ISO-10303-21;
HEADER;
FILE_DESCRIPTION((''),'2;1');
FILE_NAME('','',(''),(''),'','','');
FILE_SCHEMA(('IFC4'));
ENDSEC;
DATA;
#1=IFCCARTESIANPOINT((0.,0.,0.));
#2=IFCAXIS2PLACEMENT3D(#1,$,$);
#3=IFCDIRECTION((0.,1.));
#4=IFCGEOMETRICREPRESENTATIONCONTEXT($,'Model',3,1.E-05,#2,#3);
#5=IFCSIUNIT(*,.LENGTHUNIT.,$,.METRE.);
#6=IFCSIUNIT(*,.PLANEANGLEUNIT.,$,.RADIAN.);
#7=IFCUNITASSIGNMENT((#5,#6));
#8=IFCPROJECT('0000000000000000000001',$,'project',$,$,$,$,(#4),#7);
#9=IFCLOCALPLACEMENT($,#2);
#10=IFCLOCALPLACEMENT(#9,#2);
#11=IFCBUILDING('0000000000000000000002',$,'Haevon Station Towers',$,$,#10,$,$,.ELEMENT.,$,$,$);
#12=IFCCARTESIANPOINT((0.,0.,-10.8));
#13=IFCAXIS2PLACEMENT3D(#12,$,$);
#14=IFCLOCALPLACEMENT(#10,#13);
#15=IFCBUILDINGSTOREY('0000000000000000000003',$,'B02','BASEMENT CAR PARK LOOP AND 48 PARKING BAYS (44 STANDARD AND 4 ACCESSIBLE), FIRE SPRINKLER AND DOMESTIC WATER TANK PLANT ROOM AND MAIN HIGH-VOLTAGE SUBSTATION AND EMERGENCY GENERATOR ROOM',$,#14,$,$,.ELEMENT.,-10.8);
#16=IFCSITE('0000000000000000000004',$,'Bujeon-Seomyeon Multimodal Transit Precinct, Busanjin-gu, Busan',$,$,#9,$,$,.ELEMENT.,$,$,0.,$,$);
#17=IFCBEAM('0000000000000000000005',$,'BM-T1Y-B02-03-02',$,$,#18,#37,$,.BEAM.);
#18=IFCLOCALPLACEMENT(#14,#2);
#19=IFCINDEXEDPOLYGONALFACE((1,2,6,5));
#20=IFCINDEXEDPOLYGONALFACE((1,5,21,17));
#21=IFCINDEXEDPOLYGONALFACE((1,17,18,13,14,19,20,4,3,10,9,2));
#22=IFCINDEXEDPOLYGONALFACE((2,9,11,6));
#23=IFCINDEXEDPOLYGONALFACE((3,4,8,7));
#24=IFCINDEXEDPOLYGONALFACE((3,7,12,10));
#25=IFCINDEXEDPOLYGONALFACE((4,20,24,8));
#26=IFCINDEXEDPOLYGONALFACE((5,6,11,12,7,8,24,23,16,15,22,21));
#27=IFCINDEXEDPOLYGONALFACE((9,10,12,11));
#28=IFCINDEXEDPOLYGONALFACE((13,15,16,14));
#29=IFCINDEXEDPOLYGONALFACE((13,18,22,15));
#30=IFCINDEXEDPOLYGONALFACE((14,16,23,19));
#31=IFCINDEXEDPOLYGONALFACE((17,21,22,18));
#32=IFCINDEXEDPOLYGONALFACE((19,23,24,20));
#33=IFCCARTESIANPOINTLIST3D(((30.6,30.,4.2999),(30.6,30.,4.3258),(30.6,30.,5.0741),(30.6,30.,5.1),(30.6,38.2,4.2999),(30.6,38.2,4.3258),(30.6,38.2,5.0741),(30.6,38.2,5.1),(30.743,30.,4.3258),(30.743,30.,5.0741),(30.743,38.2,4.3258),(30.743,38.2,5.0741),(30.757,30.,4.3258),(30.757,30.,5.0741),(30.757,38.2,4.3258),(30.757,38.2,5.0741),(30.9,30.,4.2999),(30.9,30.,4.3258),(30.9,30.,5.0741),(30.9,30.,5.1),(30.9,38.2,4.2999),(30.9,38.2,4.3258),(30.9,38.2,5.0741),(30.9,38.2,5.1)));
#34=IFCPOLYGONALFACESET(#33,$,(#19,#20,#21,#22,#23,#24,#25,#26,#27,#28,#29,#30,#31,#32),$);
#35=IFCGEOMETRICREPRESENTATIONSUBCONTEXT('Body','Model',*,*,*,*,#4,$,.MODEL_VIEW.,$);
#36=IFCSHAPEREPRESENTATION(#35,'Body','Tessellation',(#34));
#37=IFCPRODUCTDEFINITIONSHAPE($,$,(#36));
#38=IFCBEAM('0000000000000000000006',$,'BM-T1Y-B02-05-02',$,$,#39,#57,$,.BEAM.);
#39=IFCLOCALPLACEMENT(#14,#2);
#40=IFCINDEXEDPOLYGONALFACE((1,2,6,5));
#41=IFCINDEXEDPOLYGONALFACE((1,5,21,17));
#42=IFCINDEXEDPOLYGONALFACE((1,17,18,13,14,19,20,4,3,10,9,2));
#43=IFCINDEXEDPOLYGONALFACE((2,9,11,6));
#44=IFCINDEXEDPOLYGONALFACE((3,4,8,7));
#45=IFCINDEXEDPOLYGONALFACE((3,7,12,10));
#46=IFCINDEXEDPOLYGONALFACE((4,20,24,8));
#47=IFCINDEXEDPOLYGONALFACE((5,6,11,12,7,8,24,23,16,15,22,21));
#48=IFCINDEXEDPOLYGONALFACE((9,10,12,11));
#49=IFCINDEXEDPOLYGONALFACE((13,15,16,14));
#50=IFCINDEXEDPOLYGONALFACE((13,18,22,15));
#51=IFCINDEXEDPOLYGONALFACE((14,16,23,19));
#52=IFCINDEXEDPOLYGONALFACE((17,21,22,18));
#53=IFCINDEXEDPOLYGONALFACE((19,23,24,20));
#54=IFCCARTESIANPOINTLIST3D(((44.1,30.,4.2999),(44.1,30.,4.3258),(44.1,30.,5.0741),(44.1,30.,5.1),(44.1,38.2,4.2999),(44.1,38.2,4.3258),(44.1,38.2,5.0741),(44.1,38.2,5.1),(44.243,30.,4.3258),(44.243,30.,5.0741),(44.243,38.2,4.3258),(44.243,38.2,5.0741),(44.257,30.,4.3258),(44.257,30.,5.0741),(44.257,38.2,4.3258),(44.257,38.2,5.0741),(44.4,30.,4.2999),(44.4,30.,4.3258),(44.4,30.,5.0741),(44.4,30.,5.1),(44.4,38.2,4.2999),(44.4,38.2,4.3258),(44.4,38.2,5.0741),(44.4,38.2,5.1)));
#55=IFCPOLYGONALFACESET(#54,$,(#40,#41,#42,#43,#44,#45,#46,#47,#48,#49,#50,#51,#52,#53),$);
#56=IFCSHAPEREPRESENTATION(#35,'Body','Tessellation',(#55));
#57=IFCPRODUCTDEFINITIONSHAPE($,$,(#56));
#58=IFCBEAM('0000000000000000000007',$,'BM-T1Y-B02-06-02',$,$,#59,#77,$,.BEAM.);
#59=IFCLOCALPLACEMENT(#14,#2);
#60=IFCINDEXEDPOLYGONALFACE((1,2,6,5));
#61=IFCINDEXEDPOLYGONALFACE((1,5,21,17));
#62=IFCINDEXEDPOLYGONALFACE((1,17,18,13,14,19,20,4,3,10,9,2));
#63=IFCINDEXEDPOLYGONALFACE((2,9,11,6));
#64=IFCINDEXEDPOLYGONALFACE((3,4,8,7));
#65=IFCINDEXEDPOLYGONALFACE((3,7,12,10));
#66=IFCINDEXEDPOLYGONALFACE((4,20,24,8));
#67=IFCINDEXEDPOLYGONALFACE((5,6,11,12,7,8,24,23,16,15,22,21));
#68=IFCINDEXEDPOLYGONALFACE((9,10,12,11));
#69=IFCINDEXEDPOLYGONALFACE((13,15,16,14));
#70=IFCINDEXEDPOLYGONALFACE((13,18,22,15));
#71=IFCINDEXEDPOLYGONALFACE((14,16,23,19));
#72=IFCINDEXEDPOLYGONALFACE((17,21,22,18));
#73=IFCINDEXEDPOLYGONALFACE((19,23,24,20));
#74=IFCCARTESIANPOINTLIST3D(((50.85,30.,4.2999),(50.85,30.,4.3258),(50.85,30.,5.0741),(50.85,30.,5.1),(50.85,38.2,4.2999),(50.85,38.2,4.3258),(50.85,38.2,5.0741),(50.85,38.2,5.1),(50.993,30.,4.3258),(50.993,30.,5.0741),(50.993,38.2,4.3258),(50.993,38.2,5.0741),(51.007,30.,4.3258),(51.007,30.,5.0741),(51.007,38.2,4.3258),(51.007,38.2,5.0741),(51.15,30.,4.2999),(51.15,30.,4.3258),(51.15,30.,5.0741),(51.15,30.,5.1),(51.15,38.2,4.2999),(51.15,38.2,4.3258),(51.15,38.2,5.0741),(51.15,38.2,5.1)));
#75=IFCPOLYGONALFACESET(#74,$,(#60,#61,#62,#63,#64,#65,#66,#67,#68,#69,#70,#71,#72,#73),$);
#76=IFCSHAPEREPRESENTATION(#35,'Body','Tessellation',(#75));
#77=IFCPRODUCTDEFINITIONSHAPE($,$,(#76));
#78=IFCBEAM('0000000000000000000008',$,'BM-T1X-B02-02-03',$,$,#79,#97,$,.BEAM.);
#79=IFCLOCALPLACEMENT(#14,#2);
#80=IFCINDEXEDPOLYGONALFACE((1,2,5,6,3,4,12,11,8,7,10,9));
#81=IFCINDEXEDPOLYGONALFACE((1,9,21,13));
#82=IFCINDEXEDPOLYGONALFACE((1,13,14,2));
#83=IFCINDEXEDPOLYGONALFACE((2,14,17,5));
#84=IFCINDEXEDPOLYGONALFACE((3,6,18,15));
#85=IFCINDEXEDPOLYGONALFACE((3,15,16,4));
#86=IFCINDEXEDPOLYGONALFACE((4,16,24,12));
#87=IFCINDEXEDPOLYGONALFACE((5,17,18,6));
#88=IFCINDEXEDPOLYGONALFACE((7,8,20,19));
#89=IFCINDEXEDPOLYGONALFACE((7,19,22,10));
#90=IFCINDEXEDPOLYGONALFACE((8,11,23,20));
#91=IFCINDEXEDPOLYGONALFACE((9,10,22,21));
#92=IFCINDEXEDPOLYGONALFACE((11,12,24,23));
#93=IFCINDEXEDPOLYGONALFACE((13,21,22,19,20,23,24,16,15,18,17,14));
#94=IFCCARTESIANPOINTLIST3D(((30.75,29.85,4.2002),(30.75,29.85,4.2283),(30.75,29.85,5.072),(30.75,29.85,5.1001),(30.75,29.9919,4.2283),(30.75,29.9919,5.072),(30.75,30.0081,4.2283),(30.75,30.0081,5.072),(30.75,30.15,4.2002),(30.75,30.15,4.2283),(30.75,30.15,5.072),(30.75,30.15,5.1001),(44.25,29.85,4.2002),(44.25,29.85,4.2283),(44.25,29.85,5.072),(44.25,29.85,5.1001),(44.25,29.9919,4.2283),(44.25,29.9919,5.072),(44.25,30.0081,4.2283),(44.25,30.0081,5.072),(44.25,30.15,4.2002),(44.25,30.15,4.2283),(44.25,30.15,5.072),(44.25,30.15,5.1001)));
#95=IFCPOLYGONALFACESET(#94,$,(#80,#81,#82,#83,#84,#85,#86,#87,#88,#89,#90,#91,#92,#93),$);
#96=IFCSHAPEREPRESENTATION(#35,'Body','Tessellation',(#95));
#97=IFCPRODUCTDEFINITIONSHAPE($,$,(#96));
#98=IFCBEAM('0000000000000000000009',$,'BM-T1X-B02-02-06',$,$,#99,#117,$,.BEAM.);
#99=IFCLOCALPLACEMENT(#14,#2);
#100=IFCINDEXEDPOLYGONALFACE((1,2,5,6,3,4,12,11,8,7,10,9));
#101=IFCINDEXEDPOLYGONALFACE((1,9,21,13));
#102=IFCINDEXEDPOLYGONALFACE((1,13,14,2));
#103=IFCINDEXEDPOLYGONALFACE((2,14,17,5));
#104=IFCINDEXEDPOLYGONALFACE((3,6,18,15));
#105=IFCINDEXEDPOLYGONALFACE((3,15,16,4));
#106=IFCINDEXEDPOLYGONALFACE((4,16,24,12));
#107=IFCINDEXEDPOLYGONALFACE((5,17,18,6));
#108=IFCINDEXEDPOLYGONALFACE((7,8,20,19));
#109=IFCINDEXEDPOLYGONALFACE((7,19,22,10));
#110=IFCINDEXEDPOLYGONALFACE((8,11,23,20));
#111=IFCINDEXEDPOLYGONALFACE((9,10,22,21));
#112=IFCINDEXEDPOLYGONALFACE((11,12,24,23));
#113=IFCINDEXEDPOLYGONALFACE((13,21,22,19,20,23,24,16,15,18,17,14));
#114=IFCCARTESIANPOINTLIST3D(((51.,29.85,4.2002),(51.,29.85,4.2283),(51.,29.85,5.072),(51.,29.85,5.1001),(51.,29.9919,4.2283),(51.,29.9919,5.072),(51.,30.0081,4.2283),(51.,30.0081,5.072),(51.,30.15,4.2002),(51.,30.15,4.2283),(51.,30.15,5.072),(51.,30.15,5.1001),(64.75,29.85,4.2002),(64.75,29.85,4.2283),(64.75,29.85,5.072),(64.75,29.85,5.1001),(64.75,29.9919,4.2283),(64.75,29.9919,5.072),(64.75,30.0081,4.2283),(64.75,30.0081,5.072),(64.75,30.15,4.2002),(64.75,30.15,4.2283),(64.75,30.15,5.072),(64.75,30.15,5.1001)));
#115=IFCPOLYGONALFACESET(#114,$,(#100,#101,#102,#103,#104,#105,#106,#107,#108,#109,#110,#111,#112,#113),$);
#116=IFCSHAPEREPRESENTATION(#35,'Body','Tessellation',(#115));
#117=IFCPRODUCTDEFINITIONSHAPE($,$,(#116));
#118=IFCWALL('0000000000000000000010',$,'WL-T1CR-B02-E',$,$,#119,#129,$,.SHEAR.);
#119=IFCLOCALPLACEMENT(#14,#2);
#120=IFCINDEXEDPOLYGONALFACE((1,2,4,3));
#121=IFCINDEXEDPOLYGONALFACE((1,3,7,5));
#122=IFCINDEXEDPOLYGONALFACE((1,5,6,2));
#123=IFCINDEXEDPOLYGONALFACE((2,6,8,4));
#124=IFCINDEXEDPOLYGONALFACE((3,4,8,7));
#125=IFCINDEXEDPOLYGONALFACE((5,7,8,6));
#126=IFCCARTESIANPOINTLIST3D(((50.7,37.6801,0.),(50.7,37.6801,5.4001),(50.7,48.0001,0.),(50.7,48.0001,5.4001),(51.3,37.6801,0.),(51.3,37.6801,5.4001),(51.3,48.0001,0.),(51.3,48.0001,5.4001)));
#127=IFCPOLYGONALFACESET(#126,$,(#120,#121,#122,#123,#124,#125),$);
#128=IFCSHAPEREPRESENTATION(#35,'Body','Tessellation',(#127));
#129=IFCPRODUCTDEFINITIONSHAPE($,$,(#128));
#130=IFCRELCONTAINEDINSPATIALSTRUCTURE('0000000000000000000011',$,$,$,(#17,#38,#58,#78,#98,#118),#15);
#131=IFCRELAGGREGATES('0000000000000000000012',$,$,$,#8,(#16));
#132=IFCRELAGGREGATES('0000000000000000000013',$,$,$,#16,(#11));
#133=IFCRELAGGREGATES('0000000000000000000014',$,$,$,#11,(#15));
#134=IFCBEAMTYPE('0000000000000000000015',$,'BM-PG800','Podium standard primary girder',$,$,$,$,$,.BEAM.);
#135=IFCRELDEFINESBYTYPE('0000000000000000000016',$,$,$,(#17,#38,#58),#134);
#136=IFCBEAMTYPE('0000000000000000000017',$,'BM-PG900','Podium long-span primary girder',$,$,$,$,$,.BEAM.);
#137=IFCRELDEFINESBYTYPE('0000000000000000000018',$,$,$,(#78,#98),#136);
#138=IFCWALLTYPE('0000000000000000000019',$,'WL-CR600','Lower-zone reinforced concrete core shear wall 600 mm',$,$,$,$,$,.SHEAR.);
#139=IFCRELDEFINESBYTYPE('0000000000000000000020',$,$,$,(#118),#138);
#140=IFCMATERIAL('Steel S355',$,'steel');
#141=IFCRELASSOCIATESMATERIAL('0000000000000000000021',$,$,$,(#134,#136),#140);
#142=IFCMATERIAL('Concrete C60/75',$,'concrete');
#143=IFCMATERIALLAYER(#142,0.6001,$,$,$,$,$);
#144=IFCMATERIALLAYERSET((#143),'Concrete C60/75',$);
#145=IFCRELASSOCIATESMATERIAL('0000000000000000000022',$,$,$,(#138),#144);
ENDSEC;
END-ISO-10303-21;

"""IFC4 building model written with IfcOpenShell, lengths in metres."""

from ifc_helpers import new_model, si_unit, direction, frame, frame_2d, origin, origin_2d, place, context, subcontext, project, spatial, rectangle, i_section, extrude, material, layer, layer_set, material_profile, profile_set, type_object, element, save


model = new_model("IFC4")

# Units and contexts
model_context = context("Model", 3, precision=1e-05, world=origin(), true_north=direction((0.0, 1.0)))
body_context = subcontext(model_context, "Body", "Model", "MODEL_VIEW")
ifc_project = project(units=[si_unit("LENGTHUNIT", "METRE"), si_unit("PLANEANGLEUNIT", "RADIAN")], contexts=[model_context])

# Site, building, storey
site_placement = place(None, origin())
site = spatial("IfcSite", under=ifc_project, at=site_placement, Name="Bujeon-Seomyeon Multimodal Transit Precinct, Busanjin-gu, Busan", CompositionType="ELEMENT", RefElevation=0.0)
building_placement = place(site_placement, origin())
building = spatial("IfcBuilding", under=site, at=building_placement, Name="Haevon Station Towers", CompositionType="ELEMENT")
storey_placement = place(building_placement, frame((0.0, 0.0, -10.8)))
storey = spatial("IfcBuildingStorey", under=building, at=storey_placement, Name="B02", Description="BASEMENT CAR PARK LOOP AND 48 PARKING BAYS (44 STANDARD AND 4 ACCESSIBLE), FIRE SPRINKLER AND DOMESTIC WATER TANK PLANT ROOM AND MAIN HIGH-VOLTAGE SUBSTATION AND EMERGENCY GENERATOR ROOM", CompositionType="ELEMENT", Elevation=-10.8)

# Beams
ifc_material_1 = material(Name="Steel S355", Category="steel")
ifc_material_profile_1 = material_profile(ifc_material_1, i_section(OverallWidth=0.3, OverallDepth=0.8, WebThickness=0.0139, FlangeThickness=0.0259, at=origin_2d()), Name="H-800x300x14x26")
ifc_profile_set_1 = profile_set([ifc_material_profile_1], Name="Steel S355")
beam_type_1 = type_object("IfcBeamType", Name="BM-PG800", Description="Podium standard primary girder", PredefinedType="BEAM", material=ifc_profile_set_1)
for number, where, z_axis, x_axis, name in (
    (1, (30.75, 30.0, 4.7), (0.0, 1.0, 0.0), (-1.0, 0.0, 0.0), "BM-T1Y-B02-03-02"),
    (2, (44.25, 30.0, 4.7), (0.0, 1.0, 0.0), (-1.0, 0.0, 0.0), "BM-T1Y-B02-05-02"),
    (3, (51.0, 30.0, 4.7), (0.0, 1.0, 0.0), (-1.0, 0.0, 0.0), "BM-T1Y-B02-06-02"),
):
    element("IfcBeam", number, at=place(storey_placement, frame(where, z_axis=z_axis, x_axis=x_axis)), inside=storey, type_object=beam_type_1, Name=name, PredefinedType="BEAM", context=body_context, shape_type="SweptSolid", body=[
        extrude(i_section(OverallWidth=0.3, OverallDepth=0.8, WebThickness=0.0139, FlangeThickness=0.0259, at=origin_2d()), origin(), (0.0, 0.0, 1.0), 8.2),
    ])
ifc_material_profile_2 = material_profile(ifc_material_1, i_section(OverallWidth=0.3, OverallDepth=0.8999, WebThickness=0.0161, FlangeThickness=0.0281, at=origin_2d()), Name="H-900x300x16x28")
ifc_profile_set_2 = profile_set([ifc_material_profile_2], Name="Steel S355")
beam_type_2 = type_object("IfcBeamType", Name="BM-PG900", Description="Podium long-span primary girder", PredefinedType="BEAM", material=ifc_profile_set_2)
beam_1_placement = place(storey_placement, frame((30.75, 30.0, 4.6501), z_axis=(1.0, 0.0, 0.0), x_axis=(0.0, 1.0, 0.0)))
element("IfcBeam", 4, at=beam_1_placement, inside=storey, type_object=beam_type_2, Name="BM-T1X-B02-02-03", PredefinedType="BEAM", context=body_context, shape_type="SweptSolid", body=[
    extrude(i_section(OverallWidth=0.3, OverallDepth=0.8999, WebThickness=0.0161, FlangeThickness=0.0281, at=origin_2d()), origin(), (0.0, 0.0, 1.0), 13.5),
])
beam_2_placement = place(storey_placement, frame((51.0, 30.0, 4.6501), z_axis=(1.0, 0.0, 0.0), x_axis=(0.0, 1.0, 0.0)))
element("IfcBeam", 5, at=beam_2_placement, inside=storey, type_object=beam_type_2, Name="BM-T1X-B02-02-06", PredefinedType="BEAM", context=body_context, shape_type="SweptSolid", body=[
    extrude(i_section(OverallWidth=0.3, OverallDepth=0.8999, WebThickness=0.0161, FlangeThickness=0.0281, at=origin_2d()), origin(), (0.0, 0.0, 1.0), 13.75),
])

# Wall
ifc_material_2 = material(Name="Concrete C60/75", Category="concrete")
ifc_layer = layer(ifc_material_2, 0.6001)
ifc_layer_set = layer_set([ifc_layer], Name="Concrete C60/75")
wall_type = type_object("IfcWallType", Name="WL-CR600", Description="Lower-zone reinforced concrete core shear wall 600 mm", PredefinedType="SHEAR", material=ifc_layer_set)
wall_placement = place(storey_placement, frame((51.0, 37.6799, 0.0), z_axis=(0.0, 0.0, 1.0), x_axis=(0.0, 1.0, 0.0)))
element("IfcWall", 6, at=wall_placement, inside=storey, type_object=wall_type, Name="WL-T1CR-B02-E", PredefinedType="SHEAR", context=body_context, shape_type="SweptSolid", body=[
    extrude(rectangle(XDim=10.3201, YDim=0.6001, at=frame_2d((5.1602, 0.0))), origin(), (0.0, 0.0, 1.0), 5.4001),
])

save(model, "model.ifc")
